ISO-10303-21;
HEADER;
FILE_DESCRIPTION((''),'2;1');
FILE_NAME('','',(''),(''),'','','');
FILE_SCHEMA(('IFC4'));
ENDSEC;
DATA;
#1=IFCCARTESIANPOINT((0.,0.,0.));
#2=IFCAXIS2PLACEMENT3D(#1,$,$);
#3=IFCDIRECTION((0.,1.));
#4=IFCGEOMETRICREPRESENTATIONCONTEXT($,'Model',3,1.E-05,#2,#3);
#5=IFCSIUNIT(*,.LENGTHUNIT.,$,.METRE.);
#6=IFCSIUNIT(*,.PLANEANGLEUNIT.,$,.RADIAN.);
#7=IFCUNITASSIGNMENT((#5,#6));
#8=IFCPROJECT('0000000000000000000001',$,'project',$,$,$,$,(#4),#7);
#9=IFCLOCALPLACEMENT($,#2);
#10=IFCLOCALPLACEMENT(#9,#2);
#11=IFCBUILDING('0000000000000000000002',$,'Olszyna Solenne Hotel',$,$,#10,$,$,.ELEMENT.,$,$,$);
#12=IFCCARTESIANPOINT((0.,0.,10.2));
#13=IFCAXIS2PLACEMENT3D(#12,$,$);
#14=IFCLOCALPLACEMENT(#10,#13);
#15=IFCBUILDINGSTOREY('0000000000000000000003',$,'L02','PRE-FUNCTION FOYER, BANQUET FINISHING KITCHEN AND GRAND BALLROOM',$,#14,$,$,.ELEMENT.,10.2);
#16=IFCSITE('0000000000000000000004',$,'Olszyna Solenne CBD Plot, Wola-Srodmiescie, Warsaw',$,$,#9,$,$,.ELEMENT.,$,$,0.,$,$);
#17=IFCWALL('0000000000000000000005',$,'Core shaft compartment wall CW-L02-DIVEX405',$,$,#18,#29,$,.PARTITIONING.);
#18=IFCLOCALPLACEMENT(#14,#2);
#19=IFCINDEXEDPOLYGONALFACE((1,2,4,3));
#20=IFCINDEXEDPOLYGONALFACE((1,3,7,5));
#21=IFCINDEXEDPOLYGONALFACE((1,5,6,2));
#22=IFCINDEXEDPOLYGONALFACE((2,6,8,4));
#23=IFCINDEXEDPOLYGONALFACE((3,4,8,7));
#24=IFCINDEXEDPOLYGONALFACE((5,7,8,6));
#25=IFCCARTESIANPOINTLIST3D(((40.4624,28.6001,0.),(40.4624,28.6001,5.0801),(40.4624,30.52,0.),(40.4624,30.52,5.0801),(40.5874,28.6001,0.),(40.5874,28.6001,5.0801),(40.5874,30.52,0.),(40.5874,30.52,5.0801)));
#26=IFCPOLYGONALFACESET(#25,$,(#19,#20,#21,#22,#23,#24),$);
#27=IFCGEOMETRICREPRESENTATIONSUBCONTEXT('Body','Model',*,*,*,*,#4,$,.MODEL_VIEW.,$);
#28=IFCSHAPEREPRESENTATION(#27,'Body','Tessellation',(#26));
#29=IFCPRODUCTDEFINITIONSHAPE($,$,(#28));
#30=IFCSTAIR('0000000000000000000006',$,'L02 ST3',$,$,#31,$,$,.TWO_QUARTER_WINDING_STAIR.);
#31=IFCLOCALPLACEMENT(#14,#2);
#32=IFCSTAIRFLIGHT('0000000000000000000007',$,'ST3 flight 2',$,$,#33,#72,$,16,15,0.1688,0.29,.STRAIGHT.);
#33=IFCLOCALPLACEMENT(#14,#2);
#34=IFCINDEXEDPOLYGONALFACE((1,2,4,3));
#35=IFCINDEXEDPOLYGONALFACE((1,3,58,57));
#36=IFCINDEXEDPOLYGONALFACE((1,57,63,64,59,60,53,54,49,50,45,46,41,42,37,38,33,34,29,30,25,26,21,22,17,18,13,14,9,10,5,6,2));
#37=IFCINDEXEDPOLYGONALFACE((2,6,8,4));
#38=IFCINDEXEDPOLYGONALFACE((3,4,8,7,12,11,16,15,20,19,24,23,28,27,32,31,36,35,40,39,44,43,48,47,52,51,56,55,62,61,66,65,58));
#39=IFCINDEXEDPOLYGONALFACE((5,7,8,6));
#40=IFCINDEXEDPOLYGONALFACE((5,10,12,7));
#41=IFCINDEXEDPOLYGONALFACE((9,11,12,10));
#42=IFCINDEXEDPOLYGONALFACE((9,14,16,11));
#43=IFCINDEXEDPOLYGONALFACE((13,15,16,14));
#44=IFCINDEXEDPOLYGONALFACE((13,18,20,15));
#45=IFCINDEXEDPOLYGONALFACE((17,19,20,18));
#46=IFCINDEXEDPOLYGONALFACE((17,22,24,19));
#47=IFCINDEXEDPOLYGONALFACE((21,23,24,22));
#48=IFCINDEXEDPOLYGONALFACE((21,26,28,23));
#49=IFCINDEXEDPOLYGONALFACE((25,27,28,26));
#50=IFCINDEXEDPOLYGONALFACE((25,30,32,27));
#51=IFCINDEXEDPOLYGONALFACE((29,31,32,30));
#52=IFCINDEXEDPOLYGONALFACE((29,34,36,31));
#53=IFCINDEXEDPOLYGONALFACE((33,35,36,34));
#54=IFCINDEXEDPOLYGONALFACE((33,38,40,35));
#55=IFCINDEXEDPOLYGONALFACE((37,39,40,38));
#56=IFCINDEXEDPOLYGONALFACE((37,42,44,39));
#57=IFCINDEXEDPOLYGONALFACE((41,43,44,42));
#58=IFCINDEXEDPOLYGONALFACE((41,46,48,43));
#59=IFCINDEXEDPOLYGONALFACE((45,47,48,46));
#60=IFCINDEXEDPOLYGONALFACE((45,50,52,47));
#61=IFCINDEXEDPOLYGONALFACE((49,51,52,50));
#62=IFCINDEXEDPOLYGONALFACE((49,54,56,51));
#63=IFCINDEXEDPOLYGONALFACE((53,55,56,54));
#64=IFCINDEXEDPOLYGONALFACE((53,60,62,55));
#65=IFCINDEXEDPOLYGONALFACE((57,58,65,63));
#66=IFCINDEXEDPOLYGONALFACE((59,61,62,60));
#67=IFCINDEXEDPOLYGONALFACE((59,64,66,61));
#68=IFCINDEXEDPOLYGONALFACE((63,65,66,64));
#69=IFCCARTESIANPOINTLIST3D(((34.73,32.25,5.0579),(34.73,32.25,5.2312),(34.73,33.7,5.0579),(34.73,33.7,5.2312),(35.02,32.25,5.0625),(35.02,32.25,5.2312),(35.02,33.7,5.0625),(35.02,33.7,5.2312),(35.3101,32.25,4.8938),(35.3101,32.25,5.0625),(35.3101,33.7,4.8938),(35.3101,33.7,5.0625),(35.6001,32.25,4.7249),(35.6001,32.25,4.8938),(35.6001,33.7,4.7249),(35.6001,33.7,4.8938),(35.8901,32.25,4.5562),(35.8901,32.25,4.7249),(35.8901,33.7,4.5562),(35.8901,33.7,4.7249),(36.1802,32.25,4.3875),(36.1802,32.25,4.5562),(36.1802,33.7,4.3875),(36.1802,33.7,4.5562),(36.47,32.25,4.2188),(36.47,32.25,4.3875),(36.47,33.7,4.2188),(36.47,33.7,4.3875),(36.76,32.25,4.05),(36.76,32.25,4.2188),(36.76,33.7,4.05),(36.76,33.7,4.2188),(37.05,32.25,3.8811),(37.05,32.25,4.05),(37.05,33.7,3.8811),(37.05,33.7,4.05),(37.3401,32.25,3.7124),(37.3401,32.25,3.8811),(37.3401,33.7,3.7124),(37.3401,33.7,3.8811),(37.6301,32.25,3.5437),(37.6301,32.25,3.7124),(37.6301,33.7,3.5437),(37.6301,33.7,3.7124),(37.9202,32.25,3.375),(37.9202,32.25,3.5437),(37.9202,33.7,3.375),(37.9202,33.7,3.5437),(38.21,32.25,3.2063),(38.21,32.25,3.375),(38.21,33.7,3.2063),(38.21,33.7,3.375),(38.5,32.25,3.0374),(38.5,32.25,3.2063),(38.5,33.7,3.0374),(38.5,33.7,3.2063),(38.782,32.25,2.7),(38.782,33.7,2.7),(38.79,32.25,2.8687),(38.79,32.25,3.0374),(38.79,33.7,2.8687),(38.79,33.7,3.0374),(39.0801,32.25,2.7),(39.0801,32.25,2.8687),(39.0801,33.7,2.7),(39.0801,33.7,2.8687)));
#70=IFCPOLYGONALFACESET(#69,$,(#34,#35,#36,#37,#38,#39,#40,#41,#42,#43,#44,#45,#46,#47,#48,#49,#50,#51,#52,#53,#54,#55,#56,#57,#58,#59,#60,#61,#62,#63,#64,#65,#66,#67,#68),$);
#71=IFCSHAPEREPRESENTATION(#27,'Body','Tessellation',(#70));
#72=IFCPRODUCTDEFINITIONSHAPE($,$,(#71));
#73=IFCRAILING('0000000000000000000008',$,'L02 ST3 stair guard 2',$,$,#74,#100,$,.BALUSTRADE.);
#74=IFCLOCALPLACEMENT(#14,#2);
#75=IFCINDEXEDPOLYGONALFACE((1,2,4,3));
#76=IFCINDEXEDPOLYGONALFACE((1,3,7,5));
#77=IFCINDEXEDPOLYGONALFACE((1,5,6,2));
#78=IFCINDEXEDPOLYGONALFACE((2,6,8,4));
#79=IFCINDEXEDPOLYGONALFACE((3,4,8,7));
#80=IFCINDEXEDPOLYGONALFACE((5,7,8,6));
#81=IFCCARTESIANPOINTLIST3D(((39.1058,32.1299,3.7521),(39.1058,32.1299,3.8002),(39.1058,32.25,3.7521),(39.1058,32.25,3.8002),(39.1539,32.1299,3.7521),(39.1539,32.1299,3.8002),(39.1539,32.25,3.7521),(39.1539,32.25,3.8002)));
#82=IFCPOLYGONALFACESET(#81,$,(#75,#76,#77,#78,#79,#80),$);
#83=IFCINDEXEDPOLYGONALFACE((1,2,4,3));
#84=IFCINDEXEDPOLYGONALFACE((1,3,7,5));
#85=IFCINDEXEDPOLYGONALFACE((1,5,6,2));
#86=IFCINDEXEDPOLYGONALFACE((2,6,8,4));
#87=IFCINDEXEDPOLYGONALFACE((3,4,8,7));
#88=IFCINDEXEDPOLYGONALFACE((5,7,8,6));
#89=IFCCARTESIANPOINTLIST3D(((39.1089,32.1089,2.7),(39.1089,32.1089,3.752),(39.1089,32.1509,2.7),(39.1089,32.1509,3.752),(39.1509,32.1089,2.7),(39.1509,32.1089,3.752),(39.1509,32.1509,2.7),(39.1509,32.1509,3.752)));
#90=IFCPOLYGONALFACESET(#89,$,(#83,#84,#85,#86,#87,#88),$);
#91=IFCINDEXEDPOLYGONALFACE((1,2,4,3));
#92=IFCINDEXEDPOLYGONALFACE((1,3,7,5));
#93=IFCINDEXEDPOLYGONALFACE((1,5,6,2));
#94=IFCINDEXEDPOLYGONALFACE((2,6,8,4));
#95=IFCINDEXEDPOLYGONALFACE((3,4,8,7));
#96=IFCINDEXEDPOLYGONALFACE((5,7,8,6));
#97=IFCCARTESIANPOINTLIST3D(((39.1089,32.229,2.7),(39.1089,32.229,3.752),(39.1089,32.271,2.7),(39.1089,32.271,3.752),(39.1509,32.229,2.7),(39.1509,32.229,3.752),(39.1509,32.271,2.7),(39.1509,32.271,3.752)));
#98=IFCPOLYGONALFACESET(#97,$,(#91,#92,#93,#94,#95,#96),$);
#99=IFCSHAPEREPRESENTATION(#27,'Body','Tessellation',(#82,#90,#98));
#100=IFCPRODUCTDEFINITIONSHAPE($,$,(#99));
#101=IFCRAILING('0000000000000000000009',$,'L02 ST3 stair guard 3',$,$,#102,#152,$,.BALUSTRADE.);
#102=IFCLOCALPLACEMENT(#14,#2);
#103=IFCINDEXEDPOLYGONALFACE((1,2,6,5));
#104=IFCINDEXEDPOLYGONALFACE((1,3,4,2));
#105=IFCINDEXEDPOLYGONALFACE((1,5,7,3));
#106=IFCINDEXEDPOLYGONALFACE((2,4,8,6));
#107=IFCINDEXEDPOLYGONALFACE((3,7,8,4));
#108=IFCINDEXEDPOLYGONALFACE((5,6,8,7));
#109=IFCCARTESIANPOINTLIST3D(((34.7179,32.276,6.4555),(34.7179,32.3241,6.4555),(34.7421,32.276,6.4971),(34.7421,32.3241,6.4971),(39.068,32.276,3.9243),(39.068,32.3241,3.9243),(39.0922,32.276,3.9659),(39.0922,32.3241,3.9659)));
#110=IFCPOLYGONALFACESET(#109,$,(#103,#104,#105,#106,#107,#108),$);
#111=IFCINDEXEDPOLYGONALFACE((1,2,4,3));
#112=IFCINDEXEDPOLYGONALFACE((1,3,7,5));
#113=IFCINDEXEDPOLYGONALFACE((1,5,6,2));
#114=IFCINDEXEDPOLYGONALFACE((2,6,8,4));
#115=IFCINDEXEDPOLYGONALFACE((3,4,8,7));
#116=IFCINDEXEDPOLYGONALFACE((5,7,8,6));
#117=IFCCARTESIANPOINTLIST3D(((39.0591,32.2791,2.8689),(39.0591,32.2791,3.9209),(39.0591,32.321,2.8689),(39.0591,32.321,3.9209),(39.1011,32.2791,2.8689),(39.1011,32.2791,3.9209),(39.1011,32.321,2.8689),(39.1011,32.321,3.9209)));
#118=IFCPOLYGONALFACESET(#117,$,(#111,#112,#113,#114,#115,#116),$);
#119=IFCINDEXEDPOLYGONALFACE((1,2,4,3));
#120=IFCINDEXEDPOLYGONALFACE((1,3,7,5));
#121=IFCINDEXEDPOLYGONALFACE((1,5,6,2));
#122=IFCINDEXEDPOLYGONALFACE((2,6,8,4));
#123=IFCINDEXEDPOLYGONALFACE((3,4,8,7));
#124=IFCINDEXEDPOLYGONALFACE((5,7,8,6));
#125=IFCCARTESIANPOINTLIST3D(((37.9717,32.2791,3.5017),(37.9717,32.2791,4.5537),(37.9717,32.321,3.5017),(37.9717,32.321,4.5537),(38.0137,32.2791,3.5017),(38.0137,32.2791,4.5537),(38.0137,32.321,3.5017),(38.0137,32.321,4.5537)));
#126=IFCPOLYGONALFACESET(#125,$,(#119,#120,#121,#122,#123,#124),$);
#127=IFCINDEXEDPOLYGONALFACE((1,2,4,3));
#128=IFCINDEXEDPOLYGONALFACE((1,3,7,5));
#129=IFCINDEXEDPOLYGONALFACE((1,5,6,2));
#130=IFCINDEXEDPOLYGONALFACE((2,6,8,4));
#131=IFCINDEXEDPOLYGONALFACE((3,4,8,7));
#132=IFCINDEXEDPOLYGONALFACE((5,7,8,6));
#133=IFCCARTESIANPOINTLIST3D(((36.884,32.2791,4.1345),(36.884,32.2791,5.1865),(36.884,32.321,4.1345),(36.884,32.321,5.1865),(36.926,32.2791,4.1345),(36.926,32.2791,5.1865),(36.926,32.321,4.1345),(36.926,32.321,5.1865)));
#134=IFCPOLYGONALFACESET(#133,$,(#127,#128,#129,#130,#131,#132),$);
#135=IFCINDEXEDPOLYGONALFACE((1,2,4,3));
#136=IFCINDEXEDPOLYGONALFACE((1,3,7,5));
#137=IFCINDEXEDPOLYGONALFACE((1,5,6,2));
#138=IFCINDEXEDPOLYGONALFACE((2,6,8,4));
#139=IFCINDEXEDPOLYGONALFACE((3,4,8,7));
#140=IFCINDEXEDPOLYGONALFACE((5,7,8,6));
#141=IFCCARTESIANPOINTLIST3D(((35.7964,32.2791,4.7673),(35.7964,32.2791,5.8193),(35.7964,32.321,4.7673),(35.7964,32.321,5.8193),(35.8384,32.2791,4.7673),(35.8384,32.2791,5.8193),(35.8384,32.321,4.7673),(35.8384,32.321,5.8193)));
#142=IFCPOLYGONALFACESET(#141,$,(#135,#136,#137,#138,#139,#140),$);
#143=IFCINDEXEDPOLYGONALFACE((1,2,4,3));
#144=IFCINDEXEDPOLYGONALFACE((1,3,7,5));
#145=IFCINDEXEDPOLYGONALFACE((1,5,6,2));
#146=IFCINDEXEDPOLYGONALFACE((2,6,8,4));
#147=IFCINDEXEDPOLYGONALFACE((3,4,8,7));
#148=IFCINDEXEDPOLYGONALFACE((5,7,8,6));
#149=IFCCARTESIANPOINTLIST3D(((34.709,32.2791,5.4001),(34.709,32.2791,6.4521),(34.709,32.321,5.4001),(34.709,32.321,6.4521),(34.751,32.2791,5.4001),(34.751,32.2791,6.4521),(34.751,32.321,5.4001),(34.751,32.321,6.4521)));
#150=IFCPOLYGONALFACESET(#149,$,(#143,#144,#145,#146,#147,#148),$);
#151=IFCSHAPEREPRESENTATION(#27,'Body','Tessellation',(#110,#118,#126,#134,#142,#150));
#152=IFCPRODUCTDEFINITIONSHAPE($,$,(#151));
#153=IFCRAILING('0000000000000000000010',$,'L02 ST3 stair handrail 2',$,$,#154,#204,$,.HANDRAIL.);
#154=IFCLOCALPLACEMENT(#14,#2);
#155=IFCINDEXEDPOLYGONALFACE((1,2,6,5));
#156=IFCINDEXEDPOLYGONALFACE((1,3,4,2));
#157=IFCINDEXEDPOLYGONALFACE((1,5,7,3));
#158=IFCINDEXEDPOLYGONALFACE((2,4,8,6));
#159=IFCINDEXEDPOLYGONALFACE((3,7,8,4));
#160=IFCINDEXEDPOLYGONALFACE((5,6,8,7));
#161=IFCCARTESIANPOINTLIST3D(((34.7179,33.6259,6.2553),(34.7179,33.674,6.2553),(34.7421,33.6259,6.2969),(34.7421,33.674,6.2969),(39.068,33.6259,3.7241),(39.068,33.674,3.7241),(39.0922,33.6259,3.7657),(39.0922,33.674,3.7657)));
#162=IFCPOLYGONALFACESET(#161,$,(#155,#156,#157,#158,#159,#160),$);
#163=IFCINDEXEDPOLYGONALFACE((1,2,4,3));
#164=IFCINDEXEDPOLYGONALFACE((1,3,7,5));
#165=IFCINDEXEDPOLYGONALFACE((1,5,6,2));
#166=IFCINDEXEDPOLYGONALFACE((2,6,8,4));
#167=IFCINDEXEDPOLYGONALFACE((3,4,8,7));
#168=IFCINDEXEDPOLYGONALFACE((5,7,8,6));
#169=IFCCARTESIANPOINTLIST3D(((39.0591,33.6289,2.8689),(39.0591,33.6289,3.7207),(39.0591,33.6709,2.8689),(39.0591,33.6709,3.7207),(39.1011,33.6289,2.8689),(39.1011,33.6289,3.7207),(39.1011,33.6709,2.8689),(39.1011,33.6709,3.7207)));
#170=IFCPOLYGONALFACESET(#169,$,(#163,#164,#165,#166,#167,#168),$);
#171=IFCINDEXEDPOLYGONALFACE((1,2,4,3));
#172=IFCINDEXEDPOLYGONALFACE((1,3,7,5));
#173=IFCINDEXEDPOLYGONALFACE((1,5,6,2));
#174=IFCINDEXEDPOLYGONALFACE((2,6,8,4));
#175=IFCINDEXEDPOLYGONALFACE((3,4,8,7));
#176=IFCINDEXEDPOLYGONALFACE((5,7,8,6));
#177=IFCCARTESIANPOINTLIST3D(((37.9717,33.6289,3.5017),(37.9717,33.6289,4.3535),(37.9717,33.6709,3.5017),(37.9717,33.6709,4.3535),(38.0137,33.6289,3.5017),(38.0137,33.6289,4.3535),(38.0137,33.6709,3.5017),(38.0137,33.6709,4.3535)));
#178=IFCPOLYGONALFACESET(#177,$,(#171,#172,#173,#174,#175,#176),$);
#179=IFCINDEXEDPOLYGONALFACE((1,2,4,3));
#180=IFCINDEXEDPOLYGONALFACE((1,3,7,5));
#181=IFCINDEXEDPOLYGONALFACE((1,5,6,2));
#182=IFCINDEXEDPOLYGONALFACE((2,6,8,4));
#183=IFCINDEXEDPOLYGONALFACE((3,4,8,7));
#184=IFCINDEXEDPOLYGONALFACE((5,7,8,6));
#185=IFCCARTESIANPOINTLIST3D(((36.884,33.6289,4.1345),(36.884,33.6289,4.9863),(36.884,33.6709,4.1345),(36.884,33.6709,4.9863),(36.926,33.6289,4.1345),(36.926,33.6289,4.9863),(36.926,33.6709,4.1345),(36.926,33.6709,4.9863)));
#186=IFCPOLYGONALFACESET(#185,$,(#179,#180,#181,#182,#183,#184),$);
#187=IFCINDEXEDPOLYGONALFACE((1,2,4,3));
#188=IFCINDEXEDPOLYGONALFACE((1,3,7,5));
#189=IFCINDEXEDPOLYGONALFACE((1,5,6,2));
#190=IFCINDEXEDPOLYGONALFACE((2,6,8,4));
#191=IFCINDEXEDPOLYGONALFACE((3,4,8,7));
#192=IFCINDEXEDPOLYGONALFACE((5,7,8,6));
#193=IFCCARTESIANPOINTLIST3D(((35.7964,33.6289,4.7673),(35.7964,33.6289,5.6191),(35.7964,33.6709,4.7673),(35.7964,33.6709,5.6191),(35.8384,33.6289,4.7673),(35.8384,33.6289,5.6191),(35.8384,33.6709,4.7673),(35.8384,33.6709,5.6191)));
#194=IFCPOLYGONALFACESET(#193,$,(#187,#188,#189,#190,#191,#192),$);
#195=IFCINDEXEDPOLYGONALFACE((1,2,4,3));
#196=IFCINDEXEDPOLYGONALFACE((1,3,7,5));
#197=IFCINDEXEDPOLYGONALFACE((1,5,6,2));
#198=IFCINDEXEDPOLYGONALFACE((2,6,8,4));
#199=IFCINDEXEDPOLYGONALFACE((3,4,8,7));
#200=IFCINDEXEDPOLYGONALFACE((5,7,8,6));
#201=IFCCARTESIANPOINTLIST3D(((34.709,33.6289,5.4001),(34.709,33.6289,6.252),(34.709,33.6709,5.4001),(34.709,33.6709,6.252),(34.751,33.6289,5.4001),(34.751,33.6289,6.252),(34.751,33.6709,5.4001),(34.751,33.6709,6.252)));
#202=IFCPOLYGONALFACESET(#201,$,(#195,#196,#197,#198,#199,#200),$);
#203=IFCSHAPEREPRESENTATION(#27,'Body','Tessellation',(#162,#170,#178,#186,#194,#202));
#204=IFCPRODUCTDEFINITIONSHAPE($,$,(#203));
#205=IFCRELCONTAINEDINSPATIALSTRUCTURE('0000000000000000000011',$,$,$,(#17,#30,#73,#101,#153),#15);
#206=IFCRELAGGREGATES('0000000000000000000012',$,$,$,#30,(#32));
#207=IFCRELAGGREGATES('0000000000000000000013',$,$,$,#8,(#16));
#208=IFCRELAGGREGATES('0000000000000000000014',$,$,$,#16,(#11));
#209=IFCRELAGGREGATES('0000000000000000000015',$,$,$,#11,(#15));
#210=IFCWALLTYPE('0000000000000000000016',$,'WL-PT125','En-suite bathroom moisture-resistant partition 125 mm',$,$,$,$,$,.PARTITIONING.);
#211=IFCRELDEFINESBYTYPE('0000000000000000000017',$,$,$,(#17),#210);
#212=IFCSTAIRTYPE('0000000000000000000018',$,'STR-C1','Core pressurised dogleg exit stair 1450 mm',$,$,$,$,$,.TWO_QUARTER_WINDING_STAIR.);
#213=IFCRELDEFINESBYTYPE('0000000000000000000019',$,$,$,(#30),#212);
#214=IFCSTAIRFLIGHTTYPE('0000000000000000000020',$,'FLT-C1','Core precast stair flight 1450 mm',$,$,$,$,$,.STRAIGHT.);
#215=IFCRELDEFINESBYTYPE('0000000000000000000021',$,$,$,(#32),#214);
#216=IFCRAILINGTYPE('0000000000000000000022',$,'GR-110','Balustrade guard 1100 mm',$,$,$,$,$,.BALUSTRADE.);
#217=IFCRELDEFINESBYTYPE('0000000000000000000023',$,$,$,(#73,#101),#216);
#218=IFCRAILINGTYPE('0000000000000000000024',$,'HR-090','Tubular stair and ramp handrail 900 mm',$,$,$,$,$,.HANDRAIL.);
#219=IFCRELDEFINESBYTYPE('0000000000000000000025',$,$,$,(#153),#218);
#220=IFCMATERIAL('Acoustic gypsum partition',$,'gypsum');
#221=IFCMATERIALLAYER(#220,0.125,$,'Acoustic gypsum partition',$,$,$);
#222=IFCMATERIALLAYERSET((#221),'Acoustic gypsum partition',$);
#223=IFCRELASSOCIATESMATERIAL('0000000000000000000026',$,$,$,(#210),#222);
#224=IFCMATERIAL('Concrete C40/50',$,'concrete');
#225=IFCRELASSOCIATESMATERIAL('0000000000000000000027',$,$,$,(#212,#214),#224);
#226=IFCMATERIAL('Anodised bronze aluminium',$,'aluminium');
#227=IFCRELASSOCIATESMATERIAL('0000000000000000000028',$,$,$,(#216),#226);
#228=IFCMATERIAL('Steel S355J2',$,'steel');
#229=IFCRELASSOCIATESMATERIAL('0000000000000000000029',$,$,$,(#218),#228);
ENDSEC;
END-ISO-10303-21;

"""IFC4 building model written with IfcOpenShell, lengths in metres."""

from ifc_helpers import new_model, si_unit, direction, frame, frame_2d, origin, origin_2d, place, context, subcontext, project, spatial, polyline, rectangle, outline, extrude, material, layer, layer_set, type_object, element, aggregate, save


model = new_model("IFC4")

# Units and contexts
model_context = context("Model", 3, precision=1e-05, world=origin(), true_north=direction((0.0, 1.0)))
body_context = subcontext(model_context, "Body", "Model", "MODEL_VIEW")
ifc_project = project(units=[si_unit("LENGTHUNIT", "METRE"), si_unit("PLANEANGLEUNIT", "RADIAN")], contexts=[model_context])

# Site, building, storey
site_placement = place(None, origin())
site = spatial("IfcSite", under=ifc_project, at=site_placement, Name="Olszyna Solenne CBD Plot, Wola-Srodmiescie, Warsaw", CompositionType="ELEMENT", RefElevation=0.0)
building_placement = place(site_placement, origin())
building = spatial("IfcBuilding", under=site, at=building_placement, Name="Olszyna Solenne Hotel", CompositionType="ELEMENT")
storey_placement = place(building_placement, frame((0.0, 0.0, 10.2)))
storey = spatial("IfcBuildingStorey", under=building, at=storey_placement, Name="L02", Description="PRE-FUNCTION FOYER, BANQUET FINISHING KITCHEN AND GRAND BALLROOM", CompositionType="ELEMENT", Elevation=10.2)

# Shared definitions
ifc_material_1 = material(Name="Steel S355J2", Category="steel")

# Shared definitions
ifc_material_2 = material(Name="Anodised bronze aluminium", Category="aluminium")

# Wall
ifc_material_3 = material(Name="Acoustic gypsum partition", Category="gypsum")
ifc_layer = layer(ifc_material_3, 0.125, Name="Acoustic gypsum partition")
ifc_layer_set = layer_set([ifc_layer], Name="Acoustic gypsum partition")
wall_type = type_object("IfcWallType", Name="WL-PT125", Description="En-suite bathroom moisture-resistant partition 125 mm", PredefinedType="PARTITIONING", material=ifc_layer_set)
for number, where, z_axis, x_axis, name in (
    (1, (40.5249, 28.6001, 0.0), (0.0, 0.0, 1.0), (0.0, 1.0, 0.0), "Core shaft compartment wall CW-L02-DIVEX405"),
):
    element("IfcWall", number, at=place(storey_placement, frame(where, z_axis=z_axis, x_axis=x_axis)), inside=storey, type_object=wall_type, Name=name, PredefinedType="PARTITIONING", context=body_context, shape_type="SweptSolid", body=[
        extrude(rectangle(XDim=1.9199, YDim=0.125, at=frame_2d((0.96, 0.0))), origin(), (0.0, 0.0, 1.0), 5.0801),
    ])

# Stair, stair flight
ifc_material_4 = material(Name="Concrete C40/50", Category="concrete")
stair_type = type_object("IfcStairType", Name="STR-C1", Description="Core pressurised dogleg exit stair 1450 mm", PredefinedType="TWO_QUARTER_WINDING_STAIR", material=ifc_material_4)
stair_placement = place(storey_placement, origin())
stair = element("IfcStair", 2, at=stair_placement, inside=storey, type_object=stair_type, Name="L02 ST3", PredefinedType="TWO_QUARTER_WINDING_STAIR")
stair_flight_type = type_object("IfcStairFlightType", Name="FLT-C1", Description="Core precast stair flight 1450 mm", PredefinedType="STRAIGHT", material=ifc_material_4)
stair_flight_placement = place(storey_placement, frame((39.0801, 32.9751, 2.7), z_axis=(0.0, 0.0, 1.0), x_axis=(-1.0, 0.0, 0.0)))
stair_flight = element("IfcStairFlight", 3, at=stair_flight_placement, type_object=stair_flight_type, Name="ST3 flight 2", NumberOfRisers=16, NumberOfTreads=15, PredefinedType="STRAIGHT", RiserHeight=0.1688, TreadLength=0.29, context=body_context, shape_type="SweptSolid", body=[
    extrude(outline(polyline([(0.0, 0.0), (0.0, 0.1687), (0.29, 0.1687), (0.29, 0.3374), (0.5801, 0.3374), (0.5801, 0.5063), (0.8701, 0.5063), (0.8701, 0.675), (1.1599, 0.675), (1.1599, 0.8438), (1.45, 0.8438), (1.45, 1.0125), (1.74, 1.0125), (1.74, 1.1812), (2.03, 1.1812), (2.03, 1.3501), (2.3201, 1.3501), (2.3201, 1.5188), (2.6101, 1.5188), (2.6101, 1.6875), (2.8999, 1.6875), (2.8999, 1.8562), (3.1899, 1.8562), (3.1899, 2.0249), (3.48, 2.0249), (3.48, 2.1938), (3.77, 2.1938), (3.77, 2.3625), (4.0601, 2.3625), (4.0601, 2.5312), (4.3501, 2.5312), (4.3501, 2.7), (4.3501, 2.3579), (0.2981, 0.0), (0.0, 0.0)])), frame((0.0, 0.7251, 0.0), z_axis=(0.0, -1.0, 0.0), x_axis=(1.0, 0.0, 0.0)), (0.0, 0.0, 1.0), 1.45),
])
aggregate(stair, [stair_flight])

# Railings
railing_type_1 = type_object("IfcRailingType", Name="GR-110", Description="Balustrade guard 1100 mm", PredefinedType="BALUSTRADE", material=ifc_material_2)
railing_1_placement = place(storey_placement, frame((39.1299, 32.1299, 2.7)))
element("IfcRailing", 4, at=railing_1_placement, inside=storey, type_object=railing_type_1, Name="L02 ST3 stair guard 2", PredefinedType="BALUSTRADE", context=body_context, shape_type="SweptSolid", body=[
    extrude(rectangle(XDim=0.0481, YDim=0.0481, at=origin_2d()), frame((0.0, 0.0, 1.0762), z_axis=(0.0, 1.0, 0.0), x_axis=(-1.0, 0.0, 0.0)), (0.0, 0.0, 1.0), 0.1201),
    extrude(rectangle(XDim=0.042, YDim=0.042, at=origin_2d()), origin(), (0.0, 0.0, 1.0), 1.052),
    extrude(rectangle(XDim=0.042, YDim=0.042, at=origin_2d()), frame((0.0, 0.1201, 0.0)), (0.0, 0.0, 1.0), 1.052),
])
railing_2_placement = place(storey_placement, frame((39.0801, 32.3, 2.8689)))
element("IfcRailing", 5, at=railing_2_placement, inside=storey, type_object=railing_type_1, Name="L02 ST3 stair guard 3", PredefinedType="BALUSTRADE", context=body_context, shape_type="SweptSolid", body=[
    extrude(rectangle(XDim=0.0481, YDim=0.0481, at=origin_2d()), frame((0.0, 0.0, 1.0762), z_axis=(-0.864324, 0.0, 0.502936), x_axis=(0.0, -1.0, 0.0)), (0.0, 0.0, 1.0), 5.033),
    extrude(rectangle(XDim=0.042, YDim=0.042, at=origin_2d()), origin(), (0.0, 0.0, 1.0), 1.052),
    extrude(rectangle(XDim=0.042, YDim=0.042, at=origin_2d()), frame((-1.0874, 0.0, 0.6328)), (0.0, 0.0, 1.0), 1.052),
    extrude(rectangle(XDim=0.042, YDim=0.042, at=origin_2d()), frame((-2.175, 0.0, 1.2656)), (0.0, 0.0, 1.0), 1.052),
    extrude(rectangle(XDim=0.042, YDim=0.042, at=origin_2d()), frame((-3.2627, 0.0, 1.8984)), (0.0, 0.0, 1.0), 1.052),
    extrude(rectangle(XDim=0.042, YDim=0.042, at=origin_2d()), frame((-4.3501, 0.0, 2.5312)), (0.0, 0.0, 1.0), 1.052),
])
railing_type_2 = type_object("IfcRailingType", Name="HR-090", Description="Tubular stair and ramp handrail 900 mm", PredefinedType="HANDRAIL", material=ifc_material_1)
railing_3_placement = place(storey_placement, frame((39.0801, 33.6499, 2.8689)))
element("IfcRailing", 6, at=railing_3_placement, inside=storey, type_object=railing_type_2, Name="L02 ST3 stair handrail 2", PredefinedType="HANDRAIL", context=body_context, shape_type="SweptSolid", body=[
    extrude(rectangle(XDim=0.0481, YDim=0.0481, at=origin_2d()), frame((0.0, 0.0, 0.876), z_axis=(-0.864324, 0.0, 0.502936), x_axis=(0.0, -1.0, 0.0)), (0.0, 0.0, 1.0), 5.033),
    extrude(rectangle(XDim=0.042, YDim=0.042, at=origin_2d()), origin(), (0.0, 0.0, 1.0), 0.8518),
    extrude(rectangle(XDim=0.042, YDim=0.042, at=origin_2d()), frame((-1.0874, 0.0, 0.6328)), (0.0, 0.0, 1.0), 0.8518),
    extrude(rectangle(XDim=0.042, YDim=0.042, at=origin_2d()), frame((-2.175, 0.0, 1.2656)), (0.0, 0.0, 1.0), 0.8518),
    extrude(rectangle(XDim=0.042, YDim=0.042, at=origin_2d()), frame((-3.2627, 0.0, 1.8984)), (0.0, 0.0, 1.0), 0.8518),
    extrude(rectangle(XDim=0.042, YDim=0.042, at=origin_2d()), frame((-4.3501, 0.0, 2.5312)), (0.0, 0.0, 1.0), 0.8518),
])

save(model, "model.ifc")
